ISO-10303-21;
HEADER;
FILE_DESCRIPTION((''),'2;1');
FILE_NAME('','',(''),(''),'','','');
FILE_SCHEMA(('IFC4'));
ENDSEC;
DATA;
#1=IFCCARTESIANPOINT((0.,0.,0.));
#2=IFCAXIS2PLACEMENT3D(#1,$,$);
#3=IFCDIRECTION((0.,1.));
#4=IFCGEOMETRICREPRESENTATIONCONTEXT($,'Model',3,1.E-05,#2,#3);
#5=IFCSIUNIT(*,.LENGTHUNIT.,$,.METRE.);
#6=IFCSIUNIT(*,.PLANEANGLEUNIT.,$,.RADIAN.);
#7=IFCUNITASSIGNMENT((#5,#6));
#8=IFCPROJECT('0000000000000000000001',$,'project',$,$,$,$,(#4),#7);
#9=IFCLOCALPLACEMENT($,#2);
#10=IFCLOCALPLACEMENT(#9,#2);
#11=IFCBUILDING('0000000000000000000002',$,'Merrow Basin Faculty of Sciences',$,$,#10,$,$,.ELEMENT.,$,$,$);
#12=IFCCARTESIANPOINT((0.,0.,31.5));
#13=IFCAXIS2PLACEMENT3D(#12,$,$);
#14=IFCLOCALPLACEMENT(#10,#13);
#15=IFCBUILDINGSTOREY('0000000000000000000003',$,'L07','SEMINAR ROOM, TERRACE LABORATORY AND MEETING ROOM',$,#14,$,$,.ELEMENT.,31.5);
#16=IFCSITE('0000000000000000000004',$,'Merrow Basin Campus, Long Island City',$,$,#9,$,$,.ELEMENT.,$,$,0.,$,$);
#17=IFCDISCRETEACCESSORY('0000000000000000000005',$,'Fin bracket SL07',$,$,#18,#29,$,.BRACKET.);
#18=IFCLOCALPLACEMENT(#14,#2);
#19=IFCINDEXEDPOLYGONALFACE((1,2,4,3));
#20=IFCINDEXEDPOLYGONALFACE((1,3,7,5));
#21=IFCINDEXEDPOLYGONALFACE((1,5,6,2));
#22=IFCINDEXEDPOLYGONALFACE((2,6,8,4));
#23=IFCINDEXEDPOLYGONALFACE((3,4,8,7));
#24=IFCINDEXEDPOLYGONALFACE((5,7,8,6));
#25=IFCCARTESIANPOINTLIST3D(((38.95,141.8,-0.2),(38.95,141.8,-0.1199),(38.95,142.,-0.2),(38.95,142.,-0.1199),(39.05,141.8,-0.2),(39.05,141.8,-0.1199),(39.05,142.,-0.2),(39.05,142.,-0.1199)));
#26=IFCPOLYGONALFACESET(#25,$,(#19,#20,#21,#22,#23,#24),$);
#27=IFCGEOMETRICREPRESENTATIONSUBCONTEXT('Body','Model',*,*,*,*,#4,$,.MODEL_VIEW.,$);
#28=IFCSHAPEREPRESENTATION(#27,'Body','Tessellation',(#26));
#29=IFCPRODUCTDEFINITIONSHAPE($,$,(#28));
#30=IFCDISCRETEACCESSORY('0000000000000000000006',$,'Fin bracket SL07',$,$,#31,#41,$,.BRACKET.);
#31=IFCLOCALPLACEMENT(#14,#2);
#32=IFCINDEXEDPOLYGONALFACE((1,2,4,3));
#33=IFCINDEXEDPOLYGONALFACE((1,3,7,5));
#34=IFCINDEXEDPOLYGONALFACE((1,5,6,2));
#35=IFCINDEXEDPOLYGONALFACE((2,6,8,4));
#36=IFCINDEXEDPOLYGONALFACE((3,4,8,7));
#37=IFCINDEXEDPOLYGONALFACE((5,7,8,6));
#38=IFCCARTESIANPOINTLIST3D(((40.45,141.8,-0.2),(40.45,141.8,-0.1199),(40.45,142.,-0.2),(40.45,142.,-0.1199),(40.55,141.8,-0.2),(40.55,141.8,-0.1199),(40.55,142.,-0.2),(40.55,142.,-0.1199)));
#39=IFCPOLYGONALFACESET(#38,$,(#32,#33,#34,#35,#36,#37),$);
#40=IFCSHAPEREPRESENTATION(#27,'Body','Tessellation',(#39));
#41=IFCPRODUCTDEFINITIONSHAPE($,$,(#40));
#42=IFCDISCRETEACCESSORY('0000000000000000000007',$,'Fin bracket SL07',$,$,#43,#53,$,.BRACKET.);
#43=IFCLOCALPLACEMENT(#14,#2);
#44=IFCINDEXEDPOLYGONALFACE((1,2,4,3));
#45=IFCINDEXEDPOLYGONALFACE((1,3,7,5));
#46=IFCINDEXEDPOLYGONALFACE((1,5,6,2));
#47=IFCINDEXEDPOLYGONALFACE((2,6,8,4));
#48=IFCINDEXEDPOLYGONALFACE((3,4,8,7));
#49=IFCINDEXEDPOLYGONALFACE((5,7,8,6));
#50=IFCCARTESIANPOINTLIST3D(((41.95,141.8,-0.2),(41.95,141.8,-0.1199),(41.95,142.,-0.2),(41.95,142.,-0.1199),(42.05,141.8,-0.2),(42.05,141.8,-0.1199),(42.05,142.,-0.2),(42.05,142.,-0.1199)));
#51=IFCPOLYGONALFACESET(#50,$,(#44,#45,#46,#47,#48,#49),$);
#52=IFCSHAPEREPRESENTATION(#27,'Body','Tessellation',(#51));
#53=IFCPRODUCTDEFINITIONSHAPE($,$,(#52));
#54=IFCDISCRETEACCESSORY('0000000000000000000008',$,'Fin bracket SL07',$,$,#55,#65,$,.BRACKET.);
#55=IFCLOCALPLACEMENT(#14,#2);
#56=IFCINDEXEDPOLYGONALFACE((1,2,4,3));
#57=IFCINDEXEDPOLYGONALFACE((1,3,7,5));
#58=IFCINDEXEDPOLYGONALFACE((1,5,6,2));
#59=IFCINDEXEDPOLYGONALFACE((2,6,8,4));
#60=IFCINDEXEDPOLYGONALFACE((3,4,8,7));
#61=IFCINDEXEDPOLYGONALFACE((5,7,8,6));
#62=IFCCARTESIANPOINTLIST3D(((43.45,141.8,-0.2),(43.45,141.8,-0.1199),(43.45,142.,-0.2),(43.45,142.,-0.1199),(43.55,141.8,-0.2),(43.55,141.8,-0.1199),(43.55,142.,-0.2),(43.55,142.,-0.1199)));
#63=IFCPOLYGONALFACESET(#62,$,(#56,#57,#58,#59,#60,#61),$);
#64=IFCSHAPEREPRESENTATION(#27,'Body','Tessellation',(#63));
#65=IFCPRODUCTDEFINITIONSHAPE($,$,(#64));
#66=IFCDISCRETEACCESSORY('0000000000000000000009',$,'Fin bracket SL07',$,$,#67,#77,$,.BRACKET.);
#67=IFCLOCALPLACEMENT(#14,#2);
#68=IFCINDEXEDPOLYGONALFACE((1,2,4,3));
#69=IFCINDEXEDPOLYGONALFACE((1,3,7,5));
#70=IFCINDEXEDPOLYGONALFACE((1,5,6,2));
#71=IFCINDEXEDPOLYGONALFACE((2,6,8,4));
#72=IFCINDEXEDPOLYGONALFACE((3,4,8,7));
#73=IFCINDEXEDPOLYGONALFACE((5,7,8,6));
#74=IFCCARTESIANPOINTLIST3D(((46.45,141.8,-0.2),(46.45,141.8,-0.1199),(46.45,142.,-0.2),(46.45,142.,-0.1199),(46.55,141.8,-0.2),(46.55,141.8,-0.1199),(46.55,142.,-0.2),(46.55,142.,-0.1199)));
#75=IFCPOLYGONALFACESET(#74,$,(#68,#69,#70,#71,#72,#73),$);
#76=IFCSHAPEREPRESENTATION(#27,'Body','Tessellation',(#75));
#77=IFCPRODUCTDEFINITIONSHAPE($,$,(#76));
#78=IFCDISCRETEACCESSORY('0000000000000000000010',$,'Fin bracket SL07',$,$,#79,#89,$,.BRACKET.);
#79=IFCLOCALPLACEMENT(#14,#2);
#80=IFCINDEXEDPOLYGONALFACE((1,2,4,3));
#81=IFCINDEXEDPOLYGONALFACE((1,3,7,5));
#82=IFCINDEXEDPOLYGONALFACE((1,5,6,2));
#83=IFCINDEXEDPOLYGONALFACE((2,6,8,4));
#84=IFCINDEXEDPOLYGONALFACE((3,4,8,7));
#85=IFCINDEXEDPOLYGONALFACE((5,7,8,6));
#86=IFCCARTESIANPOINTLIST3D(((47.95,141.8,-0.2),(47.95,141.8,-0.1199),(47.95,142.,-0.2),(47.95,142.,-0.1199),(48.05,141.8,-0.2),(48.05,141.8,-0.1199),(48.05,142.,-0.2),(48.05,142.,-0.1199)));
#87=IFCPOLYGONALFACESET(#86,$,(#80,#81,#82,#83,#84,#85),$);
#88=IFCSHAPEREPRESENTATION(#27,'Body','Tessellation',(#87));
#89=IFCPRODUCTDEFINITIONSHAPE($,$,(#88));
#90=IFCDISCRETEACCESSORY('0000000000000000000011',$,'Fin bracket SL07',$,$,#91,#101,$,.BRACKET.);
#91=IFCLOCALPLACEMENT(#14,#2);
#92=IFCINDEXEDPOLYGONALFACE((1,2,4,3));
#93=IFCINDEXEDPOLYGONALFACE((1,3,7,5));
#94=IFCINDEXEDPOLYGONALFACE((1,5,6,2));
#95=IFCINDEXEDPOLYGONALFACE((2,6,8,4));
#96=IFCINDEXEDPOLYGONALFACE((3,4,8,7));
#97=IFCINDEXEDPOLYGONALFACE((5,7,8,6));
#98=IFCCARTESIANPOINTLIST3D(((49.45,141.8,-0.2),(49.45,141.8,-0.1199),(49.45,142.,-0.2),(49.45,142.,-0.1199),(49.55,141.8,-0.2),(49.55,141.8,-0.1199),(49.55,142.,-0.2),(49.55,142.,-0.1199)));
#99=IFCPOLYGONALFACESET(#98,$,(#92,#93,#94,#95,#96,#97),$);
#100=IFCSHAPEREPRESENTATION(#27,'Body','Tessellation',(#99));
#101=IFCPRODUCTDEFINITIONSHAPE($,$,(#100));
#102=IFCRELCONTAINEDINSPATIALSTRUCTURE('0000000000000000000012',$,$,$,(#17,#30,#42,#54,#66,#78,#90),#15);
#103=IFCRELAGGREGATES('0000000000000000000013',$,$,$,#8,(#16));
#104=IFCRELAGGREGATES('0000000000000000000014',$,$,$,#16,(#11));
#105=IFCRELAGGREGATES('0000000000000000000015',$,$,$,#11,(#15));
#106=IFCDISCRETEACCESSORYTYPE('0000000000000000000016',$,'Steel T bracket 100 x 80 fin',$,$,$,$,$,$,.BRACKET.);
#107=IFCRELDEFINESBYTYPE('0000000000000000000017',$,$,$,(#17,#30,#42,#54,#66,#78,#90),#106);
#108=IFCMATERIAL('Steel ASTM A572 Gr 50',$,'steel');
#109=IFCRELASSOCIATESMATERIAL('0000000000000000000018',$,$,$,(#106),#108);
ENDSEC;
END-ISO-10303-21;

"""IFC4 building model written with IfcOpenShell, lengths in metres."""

from ifc_helpers import new_model, si_unit, direction, frame, origin, place, context, subcontext, project, spatial, polyline, outline, extrude, source, transform, mapped, material, type_object, element, save


model = new_model("IFC4")

# Units and contexts
model_context = context("Model", 3, precision=1e-05, world=origin(), true_north=direction((0.0, 1.0)))
body_context = subcontext(model_context, "Body", "Model", "MODEL_VIEW")
ifc_project = project(units=[si_unit("LENGTHUNIT", "METRE"), si_unit("PLANEANGLEUNIT", "RADIAN")], contexts=[model_context])

# Site, building, storey
site_placement = place(None, origin())
site = spatial("IfcSite", under=ifc_project, at=site_placement, Name="Merrow Basin Campus, Long Island City", CompositionType="ELEMENT", RefElevation=0.0)
building_placement = place(site_placement, origin())
building = spatial("IfcBuilding", under=site, at=building_placement, Name="Merrow Basin Faculty of Sciences", CompositionType="ELEMENT")
storey_placement = place(building_placement, frame((0.0, 0.0, 31.5)))
storey = spatial("IfcBuildingStorey", under=building, at=storey_placement, Name="L07", Description="SEMINAR ROOM, TERRACE LABORATORY AND MEETING ROOM", CompositionType="ELEMENT", Elevation=31.5)

# Discrete accessories
ifc_material_1 = material(Name="Steel ASTM A572 Gr 50", Category="steel")
discrete_accessory_type = type_object("IfcDiscreteAccessoryType", Name="Steel T bracket 100 x 80 fin", PredefinedType="BRACKET", material=ifc_material_1)
shared_shape_1 = source(origin(), body_context, "Body", "SweptSolid", [
    extrude(outline(polyline([(0.0, 0.0), (0.1001, 0.0), (0.1001, 0.0801), (0.0, 0.0801), (0.0, 0.0)])), origin(), (0.0, 0.0, 1.0), 0.2),
])
for number, where, z_axis, x_axis, name in (
    (1, (38.95, 142.0, -0.2), (0.0, -1.0, 0.0), (1.0, 0.0, 0.0), "Fin bracket SL07"),
    (2, (40.45, 142.0, -0.2), (0.0, -1.0, 0.0), (1.0, 0.0, 0.0), "Fin bracket SL07"),
    (3, (41.95, 142.0, -0.2), (0.0, -1.0, 0.0), (1.0, 0.0, 0.0), "Fin bracket SL07"),
    (4, (43.45, 142.0, -0.2), (0.0, -1.0, 0.0), (1.0, 0.0, 0.0), "Fin bracket SL07"),
    (5, (46.45, 142.0, -0.2), (0.0, -1.0, 0.0), (1.0, 0.0, 0.0), "Fin bracket SL07"),
    (6, (47.95, 142.0, -0.2), (0.0, -1.0, 0.0), (1.0, 0.0, 0.0), "Fin bracket SL07"),
    (7, (49.45, 142.0, -0.2), (0.0, -1.0, 0.0), (1.0, 0.0, 0.0), "Fin bracket SL07"),
):
    element("IfcDiscreteAccessory", number, at=place(storey_placement, frame(where, z_axis=z_axis, x_axis=x_axis)), inside=storey, type_object=discrete_accessory_type, Name=name, PredefinedType="BRACKET", context=body_context, shape_type="MappedRepresentation", body=[
        mapped(shared_shape_1, transform((0.0, 0.0, 0.0), scale=1.0)),
    ])

save(model, "model.ifc")
